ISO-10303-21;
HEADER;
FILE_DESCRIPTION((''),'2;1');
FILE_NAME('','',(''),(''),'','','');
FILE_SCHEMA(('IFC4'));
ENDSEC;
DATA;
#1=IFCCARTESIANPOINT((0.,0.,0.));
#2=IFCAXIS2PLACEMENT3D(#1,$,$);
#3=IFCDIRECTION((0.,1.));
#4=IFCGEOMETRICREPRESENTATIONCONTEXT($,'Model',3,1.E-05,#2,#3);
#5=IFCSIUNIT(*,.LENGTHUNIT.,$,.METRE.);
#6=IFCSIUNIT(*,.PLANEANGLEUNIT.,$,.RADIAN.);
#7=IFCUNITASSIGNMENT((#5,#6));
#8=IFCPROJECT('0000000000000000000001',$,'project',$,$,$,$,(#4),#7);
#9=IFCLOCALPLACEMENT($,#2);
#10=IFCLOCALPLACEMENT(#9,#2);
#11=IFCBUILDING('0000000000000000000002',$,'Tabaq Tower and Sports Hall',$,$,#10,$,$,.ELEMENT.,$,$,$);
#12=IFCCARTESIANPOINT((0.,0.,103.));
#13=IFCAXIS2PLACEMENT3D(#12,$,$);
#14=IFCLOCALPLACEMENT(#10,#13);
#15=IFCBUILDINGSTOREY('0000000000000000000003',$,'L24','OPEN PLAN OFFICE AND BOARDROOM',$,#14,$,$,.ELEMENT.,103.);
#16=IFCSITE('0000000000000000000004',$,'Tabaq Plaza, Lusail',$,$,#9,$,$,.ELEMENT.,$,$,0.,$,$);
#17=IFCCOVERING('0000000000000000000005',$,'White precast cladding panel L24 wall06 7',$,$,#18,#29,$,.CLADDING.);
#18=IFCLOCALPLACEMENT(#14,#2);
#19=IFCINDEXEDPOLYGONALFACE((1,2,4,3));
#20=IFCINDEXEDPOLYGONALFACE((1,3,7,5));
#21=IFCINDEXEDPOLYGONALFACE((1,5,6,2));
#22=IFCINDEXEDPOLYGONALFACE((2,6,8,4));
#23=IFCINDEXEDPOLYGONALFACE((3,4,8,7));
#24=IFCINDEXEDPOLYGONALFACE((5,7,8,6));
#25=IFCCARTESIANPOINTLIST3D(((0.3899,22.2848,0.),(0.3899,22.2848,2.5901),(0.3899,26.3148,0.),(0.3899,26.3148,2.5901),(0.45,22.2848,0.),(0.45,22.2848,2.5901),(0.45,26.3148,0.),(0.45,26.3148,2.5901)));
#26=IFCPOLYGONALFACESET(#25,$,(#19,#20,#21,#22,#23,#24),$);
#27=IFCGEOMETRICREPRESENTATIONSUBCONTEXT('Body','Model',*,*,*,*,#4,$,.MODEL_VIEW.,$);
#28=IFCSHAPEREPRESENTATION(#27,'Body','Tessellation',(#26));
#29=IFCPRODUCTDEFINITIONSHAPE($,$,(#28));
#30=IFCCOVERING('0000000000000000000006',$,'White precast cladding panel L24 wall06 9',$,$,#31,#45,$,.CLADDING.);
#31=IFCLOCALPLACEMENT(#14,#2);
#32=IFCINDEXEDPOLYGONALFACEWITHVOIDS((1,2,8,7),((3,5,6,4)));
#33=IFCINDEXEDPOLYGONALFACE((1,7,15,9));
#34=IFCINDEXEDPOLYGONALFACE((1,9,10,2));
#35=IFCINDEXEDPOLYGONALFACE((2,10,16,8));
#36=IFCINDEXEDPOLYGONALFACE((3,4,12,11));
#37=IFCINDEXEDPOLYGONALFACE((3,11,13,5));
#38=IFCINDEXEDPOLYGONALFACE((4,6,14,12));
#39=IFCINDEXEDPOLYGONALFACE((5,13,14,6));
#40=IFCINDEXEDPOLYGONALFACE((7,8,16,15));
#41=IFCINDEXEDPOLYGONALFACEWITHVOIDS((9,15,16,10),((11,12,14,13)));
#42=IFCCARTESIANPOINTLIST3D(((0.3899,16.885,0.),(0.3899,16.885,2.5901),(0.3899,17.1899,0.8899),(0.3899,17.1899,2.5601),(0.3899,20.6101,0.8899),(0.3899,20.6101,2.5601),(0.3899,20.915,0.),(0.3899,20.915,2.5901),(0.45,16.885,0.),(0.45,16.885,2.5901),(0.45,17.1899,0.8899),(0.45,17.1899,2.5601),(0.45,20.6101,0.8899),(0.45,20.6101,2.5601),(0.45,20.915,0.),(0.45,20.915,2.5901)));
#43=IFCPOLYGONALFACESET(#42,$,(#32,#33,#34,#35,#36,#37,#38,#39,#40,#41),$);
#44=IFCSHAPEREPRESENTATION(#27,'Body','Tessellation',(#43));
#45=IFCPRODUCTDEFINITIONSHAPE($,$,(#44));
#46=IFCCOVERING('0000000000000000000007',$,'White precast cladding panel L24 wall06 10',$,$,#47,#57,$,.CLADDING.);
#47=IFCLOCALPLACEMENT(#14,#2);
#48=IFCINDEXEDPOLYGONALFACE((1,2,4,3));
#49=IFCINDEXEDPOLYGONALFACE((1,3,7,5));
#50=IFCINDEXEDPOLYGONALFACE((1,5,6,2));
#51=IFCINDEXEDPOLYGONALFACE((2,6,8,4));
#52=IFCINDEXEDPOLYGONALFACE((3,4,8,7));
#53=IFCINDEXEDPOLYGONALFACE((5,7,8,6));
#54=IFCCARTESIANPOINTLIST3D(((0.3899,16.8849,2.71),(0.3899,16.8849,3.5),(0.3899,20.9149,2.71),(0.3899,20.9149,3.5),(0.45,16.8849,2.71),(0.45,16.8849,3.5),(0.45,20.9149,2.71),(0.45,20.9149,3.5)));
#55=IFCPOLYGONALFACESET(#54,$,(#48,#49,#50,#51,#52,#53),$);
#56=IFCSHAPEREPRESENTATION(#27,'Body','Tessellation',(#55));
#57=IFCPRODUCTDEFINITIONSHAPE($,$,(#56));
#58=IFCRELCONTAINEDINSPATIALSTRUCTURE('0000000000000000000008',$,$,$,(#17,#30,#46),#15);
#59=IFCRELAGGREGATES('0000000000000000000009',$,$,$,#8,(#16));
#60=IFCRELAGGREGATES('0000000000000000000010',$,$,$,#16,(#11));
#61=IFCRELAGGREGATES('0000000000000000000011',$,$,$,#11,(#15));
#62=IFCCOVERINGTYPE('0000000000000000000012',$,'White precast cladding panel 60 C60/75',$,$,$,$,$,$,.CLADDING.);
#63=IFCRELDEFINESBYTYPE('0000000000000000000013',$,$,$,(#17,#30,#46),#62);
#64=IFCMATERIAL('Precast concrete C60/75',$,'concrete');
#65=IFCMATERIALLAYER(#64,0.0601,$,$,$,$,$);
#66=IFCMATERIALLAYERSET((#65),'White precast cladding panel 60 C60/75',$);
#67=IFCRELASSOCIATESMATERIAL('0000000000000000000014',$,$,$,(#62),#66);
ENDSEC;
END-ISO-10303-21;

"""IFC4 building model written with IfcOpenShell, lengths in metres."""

from ifc_helpers import new_model, si_unit, direction, frame, frame_2d, origin, place, context, subcontext, project, spatial, polyline, rectangle, outline, extrude, material, layer, layer_set, type_object, element, save


model = new_model("IFC4")

# Units and contexts
model_context = context("Model", 3, precision=1e-05, world=origin(), true_north=direction((0.0, 1.0)))
body_context = subcontext(model_context, "Body", "Model", "MODEL_VIEW")
ifc_project = project(units=[si_unit("LENGTHUNIT", "METRE"), si_unit("PLANEANGLEUNIT", "RADIAN")], contexts=[model_context])

# Site, building, storey
site_placement = place(None, origin())
site = spatial("IfcSite", under=ifc_project, at=site_placement, Name="Tabaq Plaza, Lusail", CompositionType="ELEMENT", RefElevation=0.0)
building_placement = place(site_placement, origin())
building = spatial("IfcBuilding", under=site, at=building_placement, Name="Tabaq Tower and Sports Hall", CompositionType="ELEMENT")
storey_placement = place(building_placement, frame((0.0, 0.0, 103.0)))
storey = spatial("IfcBuildingStorey", under=building, at=storey_placement, Name="L24", Description="OPEN PLAN OFFICE AND BOARDROOM", CompositionType="ELEMENT", Elevation=103.0)

# Coverings
ifc_material_1 = material(Name="Precast concrete C60/75", Category="concrete")
ifc_layer_1 = layer(ifc_material_1, 0.0601)
ifc_layer_set_1 = layer_set([ifc_layer_1], Name="White precast cladding panel 60 C60/75")
covering_type_1 = type_object("IfcCoveringType", Name="White precast cladding panel 60 C60/75", PredefinedType="CLADDING", material=ifc_layer_set_1)
covering_1_placement = place(storey_placement, frame((0.4199, 26.3149, 0.0), z_axis=(0.0, 0.0, 1.0), x_axis=(0.0, -1.0, 0.0)))
element("IfcCovering", 1, at=covering_1_placement, inside=storey, type_object=covering_type_1, Name="White precast cladding panel L24 wall06 7", PredefinedType="CLADDING", context=body_context, shape_type="SweptSolid", body=[
    extrude(rectangle(XDim=4.03, YDim=0.0601, at=frame_2d((2.0151, 0.0))), origin(), (0.0, 0.0, 1.0), 2.5901),
])
covering_2_placement = place(storey_placement, frame((0.4199, 20.915, 0.0), z_axis=(0.0, 0.0, 1.0), x_axis=(0.0, -1.0, 0.0)))
element("IfcCovering", 2, at=covering_2_placement, inside=storey, type_object=covering_type_1, Name="White precast cladding panel L24 wall06 9", PredefinedType="CLADDING", context=body_context, shape_type="SweptSolid", body=[
    extrude(outline(polyline([(0.0, 0.0), (4.03, 0.0), (4.03, 2.5901), (0.0, 2.5901), (0.0, 0.0)]), holes=[polyline([(3.7251, 0.8899), (0.3049, 0.8899), (0.3049, 2.5601), (3.7251, 2.5601), (3.7251, 0.8899)])]), frame((0.0, 0.03, 0.0), z_axis=(0.0, -1.0, 0.0), x_axis=(1.0, 0.0, 0.0)), (0.0, 0.0, 1.0), 0.0601),
])
covering_3_placement = place(storey_placement, frame((0.4199, 20.915, 2.71), z_axis=(0.0, 0.0, 1.0), x_axis=(0.0, -1.0, 0.0)))
element("IfcCovering", 3, at=covering_3_placement, inside=storey, type_object=covering_type_1, Name="White precast cladding panel L24 wall06 10", PredefinedType="CLADDING", context=body_context, shape_type="SweptSolid", body=[
    extrude(rectangle(XDim=4.03, YDim=0.0601, at=frame_2d((2.0151, 0.0))), origin(), (0.0, 0.0, 1.0), 0.79),
])

save(model, "model.ifc")
